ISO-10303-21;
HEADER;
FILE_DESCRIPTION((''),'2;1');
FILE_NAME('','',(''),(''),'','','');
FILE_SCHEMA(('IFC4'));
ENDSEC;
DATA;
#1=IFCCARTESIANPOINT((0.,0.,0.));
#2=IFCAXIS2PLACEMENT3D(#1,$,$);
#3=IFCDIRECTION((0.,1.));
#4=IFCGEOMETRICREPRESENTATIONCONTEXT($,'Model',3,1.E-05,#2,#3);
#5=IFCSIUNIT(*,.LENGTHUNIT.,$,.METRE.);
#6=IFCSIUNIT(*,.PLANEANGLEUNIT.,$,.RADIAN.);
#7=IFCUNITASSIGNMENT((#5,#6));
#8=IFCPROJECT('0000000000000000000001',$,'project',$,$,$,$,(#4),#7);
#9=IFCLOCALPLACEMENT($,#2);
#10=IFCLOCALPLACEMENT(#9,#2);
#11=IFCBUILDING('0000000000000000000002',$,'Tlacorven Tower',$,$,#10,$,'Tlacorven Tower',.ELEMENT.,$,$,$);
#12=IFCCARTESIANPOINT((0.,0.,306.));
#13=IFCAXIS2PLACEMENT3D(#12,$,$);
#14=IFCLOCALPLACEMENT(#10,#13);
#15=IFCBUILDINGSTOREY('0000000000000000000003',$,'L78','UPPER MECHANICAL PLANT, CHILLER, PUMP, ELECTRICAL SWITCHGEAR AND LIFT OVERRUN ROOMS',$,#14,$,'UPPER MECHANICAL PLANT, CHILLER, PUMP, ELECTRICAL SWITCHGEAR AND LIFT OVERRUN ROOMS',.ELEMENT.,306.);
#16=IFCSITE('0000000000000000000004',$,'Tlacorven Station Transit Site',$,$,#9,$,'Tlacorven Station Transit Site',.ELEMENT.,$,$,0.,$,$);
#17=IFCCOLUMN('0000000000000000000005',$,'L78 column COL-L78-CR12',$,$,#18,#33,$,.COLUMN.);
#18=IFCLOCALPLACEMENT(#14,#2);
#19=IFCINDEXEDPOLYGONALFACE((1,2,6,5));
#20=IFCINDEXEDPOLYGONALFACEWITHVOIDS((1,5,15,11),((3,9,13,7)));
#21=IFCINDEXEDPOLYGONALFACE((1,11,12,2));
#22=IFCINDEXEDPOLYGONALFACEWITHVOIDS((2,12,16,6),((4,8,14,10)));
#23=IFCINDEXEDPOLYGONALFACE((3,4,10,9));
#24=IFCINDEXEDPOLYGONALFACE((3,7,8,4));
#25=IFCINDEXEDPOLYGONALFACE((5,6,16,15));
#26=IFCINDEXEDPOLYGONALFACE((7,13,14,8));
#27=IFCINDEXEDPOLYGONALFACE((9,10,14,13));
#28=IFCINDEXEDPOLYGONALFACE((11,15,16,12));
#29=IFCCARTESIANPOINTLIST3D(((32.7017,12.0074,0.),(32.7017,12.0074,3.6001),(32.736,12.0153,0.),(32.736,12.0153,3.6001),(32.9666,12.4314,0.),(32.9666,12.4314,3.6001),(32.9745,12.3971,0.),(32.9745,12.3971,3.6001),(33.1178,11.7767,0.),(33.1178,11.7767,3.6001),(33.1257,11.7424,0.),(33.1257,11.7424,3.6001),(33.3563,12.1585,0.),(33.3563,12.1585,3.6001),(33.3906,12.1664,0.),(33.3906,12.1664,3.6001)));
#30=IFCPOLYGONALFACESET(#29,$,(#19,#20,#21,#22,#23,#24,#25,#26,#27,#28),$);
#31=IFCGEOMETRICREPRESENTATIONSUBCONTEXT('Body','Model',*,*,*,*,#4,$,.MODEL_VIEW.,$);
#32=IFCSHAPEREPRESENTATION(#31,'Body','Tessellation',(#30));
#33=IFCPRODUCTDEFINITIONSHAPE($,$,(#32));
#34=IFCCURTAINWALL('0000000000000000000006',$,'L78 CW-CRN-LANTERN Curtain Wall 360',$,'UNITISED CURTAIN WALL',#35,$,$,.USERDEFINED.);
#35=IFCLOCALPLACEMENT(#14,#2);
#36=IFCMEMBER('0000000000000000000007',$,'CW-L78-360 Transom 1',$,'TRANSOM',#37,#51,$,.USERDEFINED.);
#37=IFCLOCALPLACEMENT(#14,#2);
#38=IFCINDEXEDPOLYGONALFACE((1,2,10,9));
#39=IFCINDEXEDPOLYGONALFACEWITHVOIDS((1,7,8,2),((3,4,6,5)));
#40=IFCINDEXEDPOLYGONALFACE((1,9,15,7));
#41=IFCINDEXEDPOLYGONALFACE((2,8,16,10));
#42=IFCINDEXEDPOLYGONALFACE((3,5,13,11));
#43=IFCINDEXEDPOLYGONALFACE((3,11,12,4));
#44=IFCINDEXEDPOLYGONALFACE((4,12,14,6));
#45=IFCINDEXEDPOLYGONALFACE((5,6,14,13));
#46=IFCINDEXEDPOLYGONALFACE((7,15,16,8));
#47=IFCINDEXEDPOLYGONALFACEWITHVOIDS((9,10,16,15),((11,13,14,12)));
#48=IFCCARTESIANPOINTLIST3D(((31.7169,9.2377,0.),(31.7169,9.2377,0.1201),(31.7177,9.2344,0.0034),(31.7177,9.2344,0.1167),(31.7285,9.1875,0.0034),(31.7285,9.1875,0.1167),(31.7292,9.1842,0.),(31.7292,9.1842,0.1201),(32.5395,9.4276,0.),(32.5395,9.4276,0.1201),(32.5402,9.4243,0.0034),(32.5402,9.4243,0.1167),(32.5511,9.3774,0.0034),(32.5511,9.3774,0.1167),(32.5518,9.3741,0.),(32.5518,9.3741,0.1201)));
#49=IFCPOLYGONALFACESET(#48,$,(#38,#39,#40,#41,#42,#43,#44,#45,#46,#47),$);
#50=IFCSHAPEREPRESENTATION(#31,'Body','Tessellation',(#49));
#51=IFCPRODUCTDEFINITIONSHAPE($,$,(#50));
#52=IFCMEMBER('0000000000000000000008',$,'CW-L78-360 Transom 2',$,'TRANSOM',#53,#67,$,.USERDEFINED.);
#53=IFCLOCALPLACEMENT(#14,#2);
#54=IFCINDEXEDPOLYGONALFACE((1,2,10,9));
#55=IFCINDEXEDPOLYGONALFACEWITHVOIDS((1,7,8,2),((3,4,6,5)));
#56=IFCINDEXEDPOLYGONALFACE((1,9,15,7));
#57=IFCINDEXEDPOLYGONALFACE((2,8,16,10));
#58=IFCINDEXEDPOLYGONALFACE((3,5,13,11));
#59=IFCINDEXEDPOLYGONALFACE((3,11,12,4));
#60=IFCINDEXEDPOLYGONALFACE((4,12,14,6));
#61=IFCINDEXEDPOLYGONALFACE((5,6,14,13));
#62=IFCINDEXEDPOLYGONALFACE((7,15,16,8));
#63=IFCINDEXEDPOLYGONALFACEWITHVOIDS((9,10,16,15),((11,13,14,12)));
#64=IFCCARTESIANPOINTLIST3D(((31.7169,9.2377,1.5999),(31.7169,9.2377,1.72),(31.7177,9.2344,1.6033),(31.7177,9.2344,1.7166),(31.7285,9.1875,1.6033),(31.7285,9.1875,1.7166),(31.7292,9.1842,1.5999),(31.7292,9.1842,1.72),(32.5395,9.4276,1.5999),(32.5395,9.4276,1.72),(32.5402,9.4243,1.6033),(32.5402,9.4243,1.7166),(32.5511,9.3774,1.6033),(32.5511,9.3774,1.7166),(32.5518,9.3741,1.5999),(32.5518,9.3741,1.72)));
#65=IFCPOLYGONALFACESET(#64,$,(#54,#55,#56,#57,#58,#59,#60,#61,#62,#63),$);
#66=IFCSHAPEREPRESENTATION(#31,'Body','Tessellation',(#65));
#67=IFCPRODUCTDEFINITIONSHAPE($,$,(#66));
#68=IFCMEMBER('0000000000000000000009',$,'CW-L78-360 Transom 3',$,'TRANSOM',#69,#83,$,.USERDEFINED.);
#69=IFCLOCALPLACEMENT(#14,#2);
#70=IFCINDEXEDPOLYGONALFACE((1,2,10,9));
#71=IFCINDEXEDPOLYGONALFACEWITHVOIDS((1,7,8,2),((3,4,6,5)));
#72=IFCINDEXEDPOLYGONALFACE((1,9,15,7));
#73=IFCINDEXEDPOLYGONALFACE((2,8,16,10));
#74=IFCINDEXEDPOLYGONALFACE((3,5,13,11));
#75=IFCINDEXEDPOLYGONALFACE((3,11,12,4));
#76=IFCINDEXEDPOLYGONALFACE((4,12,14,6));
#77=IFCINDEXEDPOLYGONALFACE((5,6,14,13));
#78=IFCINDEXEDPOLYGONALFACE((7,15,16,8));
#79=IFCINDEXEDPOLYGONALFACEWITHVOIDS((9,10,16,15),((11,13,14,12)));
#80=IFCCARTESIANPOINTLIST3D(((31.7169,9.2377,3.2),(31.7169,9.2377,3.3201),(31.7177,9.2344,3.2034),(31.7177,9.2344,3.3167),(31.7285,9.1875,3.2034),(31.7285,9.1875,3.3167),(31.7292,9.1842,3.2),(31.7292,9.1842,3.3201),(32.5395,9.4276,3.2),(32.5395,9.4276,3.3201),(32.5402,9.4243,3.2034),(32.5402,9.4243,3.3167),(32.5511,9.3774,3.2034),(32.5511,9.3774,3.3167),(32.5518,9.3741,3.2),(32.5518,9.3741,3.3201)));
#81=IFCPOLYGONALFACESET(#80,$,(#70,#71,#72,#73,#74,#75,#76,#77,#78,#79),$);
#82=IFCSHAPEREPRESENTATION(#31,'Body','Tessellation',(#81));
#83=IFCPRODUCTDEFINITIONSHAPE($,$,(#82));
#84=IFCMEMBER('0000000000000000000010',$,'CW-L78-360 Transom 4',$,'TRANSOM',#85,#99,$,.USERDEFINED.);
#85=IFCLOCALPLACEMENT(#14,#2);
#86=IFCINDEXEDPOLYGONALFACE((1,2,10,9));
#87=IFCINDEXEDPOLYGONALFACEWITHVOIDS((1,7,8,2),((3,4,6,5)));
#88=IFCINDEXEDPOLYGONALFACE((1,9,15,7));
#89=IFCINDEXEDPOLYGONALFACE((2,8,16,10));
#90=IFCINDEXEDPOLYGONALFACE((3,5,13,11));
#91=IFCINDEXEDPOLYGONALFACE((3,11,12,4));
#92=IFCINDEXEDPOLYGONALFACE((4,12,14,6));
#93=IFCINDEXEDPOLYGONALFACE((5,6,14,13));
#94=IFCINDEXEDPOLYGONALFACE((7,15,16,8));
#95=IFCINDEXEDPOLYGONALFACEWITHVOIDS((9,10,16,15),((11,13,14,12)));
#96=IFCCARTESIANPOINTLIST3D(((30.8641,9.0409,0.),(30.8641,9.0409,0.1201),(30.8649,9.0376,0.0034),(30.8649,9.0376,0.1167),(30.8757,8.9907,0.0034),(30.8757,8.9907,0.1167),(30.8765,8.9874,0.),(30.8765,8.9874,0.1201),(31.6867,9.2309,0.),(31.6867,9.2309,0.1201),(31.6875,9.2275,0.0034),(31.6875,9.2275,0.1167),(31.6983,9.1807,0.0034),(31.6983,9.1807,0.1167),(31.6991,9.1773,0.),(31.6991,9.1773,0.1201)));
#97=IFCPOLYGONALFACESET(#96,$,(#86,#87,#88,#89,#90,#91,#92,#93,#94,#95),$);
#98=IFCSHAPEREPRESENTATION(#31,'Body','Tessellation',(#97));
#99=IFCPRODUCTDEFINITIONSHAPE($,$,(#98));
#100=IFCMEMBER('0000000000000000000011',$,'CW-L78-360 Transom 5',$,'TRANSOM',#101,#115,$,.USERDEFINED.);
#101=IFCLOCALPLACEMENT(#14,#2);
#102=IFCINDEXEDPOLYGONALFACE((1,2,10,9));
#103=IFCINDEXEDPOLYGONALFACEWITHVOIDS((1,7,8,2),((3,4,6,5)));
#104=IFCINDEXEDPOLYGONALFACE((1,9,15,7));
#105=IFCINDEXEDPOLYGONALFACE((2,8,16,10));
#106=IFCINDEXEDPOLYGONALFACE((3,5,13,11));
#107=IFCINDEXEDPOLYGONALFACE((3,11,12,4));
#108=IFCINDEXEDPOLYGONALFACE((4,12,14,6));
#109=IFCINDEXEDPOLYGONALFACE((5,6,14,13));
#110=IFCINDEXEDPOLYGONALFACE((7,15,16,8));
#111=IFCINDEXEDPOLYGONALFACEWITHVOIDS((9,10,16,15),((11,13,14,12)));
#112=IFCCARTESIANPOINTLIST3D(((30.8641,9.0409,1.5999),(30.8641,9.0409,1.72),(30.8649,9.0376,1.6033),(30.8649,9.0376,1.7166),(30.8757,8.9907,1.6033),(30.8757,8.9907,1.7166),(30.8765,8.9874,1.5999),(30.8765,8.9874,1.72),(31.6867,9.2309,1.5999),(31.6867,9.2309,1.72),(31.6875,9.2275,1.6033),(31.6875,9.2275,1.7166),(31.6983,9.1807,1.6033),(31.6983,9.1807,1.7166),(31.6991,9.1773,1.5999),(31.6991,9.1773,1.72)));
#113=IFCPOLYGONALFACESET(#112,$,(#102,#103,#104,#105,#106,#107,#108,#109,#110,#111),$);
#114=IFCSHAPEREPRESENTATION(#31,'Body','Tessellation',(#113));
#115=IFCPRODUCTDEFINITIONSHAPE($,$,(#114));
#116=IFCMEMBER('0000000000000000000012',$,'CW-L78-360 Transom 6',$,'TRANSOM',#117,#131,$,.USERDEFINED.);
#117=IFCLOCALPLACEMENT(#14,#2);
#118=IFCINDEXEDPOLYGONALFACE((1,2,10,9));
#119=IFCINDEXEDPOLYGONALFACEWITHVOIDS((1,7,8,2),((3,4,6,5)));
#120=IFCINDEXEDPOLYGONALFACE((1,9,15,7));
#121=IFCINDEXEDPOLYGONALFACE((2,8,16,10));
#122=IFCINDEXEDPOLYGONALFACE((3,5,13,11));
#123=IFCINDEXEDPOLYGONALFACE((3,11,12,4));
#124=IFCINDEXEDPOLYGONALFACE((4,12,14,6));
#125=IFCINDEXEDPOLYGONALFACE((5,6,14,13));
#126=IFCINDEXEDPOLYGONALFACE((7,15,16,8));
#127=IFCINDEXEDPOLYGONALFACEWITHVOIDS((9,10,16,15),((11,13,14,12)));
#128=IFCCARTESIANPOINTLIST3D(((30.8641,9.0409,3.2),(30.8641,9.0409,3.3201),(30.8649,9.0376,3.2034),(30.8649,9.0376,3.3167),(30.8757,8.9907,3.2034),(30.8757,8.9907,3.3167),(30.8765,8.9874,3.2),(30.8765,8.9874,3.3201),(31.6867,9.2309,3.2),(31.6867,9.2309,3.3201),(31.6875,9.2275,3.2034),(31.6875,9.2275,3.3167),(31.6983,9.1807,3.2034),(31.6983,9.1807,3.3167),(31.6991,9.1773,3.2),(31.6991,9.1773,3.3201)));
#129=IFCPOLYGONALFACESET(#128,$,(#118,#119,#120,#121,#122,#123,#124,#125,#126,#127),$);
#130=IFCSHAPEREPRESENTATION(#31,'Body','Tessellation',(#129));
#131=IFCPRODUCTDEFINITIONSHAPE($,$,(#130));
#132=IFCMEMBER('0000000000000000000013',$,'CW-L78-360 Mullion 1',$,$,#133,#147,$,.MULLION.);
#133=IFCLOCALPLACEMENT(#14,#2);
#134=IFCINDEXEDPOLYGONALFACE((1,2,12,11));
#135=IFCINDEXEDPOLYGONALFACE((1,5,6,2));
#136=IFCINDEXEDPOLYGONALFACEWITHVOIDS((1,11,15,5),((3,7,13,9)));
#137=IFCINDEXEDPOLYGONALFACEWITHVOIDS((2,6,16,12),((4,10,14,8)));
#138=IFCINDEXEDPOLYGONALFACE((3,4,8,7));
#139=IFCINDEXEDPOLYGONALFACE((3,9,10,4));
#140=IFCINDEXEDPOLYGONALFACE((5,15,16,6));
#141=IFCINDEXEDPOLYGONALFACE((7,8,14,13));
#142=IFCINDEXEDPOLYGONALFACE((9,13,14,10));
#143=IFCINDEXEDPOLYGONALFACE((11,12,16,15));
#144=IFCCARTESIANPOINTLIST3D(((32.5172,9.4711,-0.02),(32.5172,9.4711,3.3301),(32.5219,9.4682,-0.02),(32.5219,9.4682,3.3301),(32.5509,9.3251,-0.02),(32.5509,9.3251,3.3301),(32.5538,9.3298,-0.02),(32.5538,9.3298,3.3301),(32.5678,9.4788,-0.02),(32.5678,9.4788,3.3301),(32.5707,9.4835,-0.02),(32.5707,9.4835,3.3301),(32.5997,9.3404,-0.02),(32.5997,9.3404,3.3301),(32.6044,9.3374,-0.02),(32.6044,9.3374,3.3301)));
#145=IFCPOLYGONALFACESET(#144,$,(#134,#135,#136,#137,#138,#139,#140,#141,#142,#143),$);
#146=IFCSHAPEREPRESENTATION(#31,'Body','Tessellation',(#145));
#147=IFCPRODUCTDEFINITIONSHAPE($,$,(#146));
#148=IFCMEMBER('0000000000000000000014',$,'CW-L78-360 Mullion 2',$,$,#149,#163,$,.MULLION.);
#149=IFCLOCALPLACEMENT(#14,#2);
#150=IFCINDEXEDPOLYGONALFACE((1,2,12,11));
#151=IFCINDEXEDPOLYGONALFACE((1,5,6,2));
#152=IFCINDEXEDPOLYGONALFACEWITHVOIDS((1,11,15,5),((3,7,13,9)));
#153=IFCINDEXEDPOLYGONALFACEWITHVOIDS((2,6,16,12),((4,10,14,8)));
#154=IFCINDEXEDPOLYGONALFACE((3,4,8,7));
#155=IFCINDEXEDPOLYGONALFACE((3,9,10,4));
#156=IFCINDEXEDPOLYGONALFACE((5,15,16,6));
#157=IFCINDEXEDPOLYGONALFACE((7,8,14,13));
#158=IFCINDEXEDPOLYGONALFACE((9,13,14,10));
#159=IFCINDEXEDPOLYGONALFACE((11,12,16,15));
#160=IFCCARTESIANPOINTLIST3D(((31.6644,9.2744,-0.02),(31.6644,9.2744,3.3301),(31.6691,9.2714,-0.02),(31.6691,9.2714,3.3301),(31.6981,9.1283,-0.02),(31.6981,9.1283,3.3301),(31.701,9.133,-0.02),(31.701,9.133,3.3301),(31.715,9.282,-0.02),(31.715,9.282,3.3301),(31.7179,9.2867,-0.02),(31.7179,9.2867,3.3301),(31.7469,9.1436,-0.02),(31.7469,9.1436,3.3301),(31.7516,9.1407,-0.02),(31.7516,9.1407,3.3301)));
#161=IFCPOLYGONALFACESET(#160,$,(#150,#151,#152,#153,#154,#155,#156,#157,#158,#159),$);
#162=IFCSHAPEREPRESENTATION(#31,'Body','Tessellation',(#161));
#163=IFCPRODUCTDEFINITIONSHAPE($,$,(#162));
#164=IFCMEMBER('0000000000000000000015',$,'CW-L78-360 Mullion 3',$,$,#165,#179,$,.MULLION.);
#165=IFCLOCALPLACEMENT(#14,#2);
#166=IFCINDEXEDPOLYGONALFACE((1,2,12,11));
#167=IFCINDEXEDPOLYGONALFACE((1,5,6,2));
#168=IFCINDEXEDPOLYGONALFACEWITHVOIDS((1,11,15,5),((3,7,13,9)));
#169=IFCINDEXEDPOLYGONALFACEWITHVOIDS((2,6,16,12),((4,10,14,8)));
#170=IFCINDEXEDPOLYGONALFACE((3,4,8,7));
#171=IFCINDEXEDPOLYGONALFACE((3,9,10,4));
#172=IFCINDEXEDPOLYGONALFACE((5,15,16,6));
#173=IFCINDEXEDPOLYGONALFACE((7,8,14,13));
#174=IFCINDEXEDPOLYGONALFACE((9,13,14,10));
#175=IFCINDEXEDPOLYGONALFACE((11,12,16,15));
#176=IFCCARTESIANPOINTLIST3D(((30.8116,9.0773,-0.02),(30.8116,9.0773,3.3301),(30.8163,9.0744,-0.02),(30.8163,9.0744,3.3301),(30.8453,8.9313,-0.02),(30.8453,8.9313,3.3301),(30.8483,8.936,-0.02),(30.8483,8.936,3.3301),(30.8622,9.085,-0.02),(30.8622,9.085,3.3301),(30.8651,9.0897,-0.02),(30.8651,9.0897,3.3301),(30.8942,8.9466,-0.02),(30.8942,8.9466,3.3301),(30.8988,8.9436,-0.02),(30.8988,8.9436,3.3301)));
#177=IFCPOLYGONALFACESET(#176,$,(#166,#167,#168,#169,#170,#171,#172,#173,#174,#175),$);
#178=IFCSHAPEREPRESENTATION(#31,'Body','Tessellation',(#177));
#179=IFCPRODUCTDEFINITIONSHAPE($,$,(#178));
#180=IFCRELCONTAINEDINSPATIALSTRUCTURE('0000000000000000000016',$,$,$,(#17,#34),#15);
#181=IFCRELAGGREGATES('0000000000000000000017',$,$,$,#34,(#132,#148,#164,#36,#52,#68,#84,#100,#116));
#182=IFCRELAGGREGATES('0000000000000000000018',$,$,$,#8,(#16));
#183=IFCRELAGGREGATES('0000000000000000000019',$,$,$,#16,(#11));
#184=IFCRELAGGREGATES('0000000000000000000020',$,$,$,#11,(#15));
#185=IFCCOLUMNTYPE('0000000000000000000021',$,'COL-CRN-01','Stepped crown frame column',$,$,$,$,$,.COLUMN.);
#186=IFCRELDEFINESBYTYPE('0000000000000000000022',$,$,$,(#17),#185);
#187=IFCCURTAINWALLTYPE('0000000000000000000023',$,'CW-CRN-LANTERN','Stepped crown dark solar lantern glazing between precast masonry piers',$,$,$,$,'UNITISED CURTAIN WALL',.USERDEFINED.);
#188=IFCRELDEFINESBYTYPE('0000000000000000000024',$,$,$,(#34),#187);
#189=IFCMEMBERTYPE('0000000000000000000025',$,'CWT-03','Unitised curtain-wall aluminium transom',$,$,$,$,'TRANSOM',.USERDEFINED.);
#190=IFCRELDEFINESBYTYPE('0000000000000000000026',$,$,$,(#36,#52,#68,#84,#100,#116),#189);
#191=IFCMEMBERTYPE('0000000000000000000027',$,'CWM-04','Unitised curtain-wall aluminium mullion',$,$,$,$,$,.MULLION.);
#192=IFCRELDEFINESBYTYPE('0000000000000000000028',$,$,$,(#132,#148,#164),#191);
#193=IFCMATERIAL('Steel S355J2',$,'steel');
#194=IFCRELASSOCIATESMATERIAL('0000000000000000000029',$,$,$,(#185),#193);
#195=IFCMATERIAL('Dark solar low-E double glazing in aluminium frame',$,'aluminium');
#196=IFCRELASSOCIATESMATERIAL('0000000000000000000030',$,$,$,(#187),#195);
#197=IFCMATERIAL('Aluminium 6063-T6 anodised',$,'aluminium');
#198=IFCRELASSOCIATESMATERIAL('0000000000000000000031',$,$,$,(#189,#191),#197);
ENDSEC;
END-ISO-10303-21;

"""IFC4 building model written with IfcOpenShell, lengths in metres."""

from ifc_helpers import new_model, si_unit, direction, frame, origin, origin_2d, place, context, subcontext, project, spatial, hollow_rectangle, extrude, source, transform, mapped, material, material_profile, profile_set, type_object, element, aggregate, save


model = new_model("IFC4")

# Units and contexts
model_context = context("Model", 3, precision=1e-05, world=origin(), true_north=direction((0.0, 1.0)))
body_context = subcontext(model_context, "Body", "Model", "MODEL_VIEW")
ifc_project = project(units=[si_unit("LENGTHUNIT", "METRE"), si_unit("PLANEANGLEUNIT", "RADIAN")], contexts=[model_context])

# Site, building, storey
site_placement = place(None, origin())
site = spatial("IfcSite", under=ifc_project, at=site_placement, Name="Tlacorven Station Transit Site", LongName="Tlacorven Station Transit Site", CompositionType="ELEMENT", RefElevation=0.0)
building_placement = place(site_placement, origin())
building = spatial("IfcBuilding", under=site, at=building_placement, Name="Tlacorven Tower", LongName="Tlacorven Tower", CompositionType="ELEMENT")
storey_placement = place(building_placement, frame((0.0, 0.0, 306.0)))
storey = spatial("IfcBuildingStorey", under=building, at=storey_placement, Name="L78", Description="UPPER MECHANICAL PLANT, CHILLER, PUMP, ELECTRICAL SWITCHGEAR AND LIFT OVERRUN ROOMS", LongName="UPPER MECHANICAL PLANT, CHILLER, PUMP, ELECTRICAL SWITCHGEAR AND LIFT OVERRUN ROOMS", CompositionType="ELEMENT", Elevation=306.0)

# Column
ifc_material_1 = material(Name="Steel S355J2", Category="steel")
ifc_material_profile_1 = material_profile(ifc_material_1, hollow_rectangle(XDim=0.5, YDim=0.5, WallThickness=0.0249, at=origin_2d()), Name="BOX 500X500X25")
ifc_profile_set_1 = profile_set([ifc_material_profile_1], Name="Steel S355J2")
column_type = type_object("IfcColumnType", Name="COL-CRN-01", Description="Stepped crown frame column", PredefinedType="COLUMN", material=ifc_profile_set_1)
shared_shape_1 = source(origin(), body_context, "Body", "SweptSolid", [
    extrude(hollow_rectangle(XDim=0.5, YDim=0.5, WallThickness=0.0249, at=origin_2d()), origin(), (0.0, 0.0, 1.0), 3.6001),
])
column_placement = place(storey_placement, frame((33.0461, 12.0869, 0.0), z_axis=(0.0, 0.0, 1.0), x_axis=(-0.848048, 0.529919, 0.0)))
element("IfcColumn", 1, at=column_placement, inside=storey, type_object=column_type, Name="L78 column COL-L78-CR12", PredefinedType="COLUMN", context=body_context, shape_type="MappedRepresentation", body=[
    mapped(shared_shape_1, transform((0.0, 0.0, 0.0), scale=1.0)),
])

# Curtain wall, members
ifc_material_2 = material(Name="Dark solar low-E double glazing in aluminium frame", Category="aluminium")
curtain_wall_type = type_object("IfcCurtainWallType", Name="CW-CRN-LANTERN", Description="Stepped crown dark solar lantern glazing between precast masonry piers", ElementType="UNITISED CURTAIN WALL", PredefinedType="USERDEFINED", material=ifc_material_2)
curtain_wall_placement = place(storey_placement, origin())
curtain_wall = element("IfcCurtainWall", 2, at=curtain_wall_placement, inside=storey, type_object=curtain_wall_type, Name="L78 CW-CRN-LANTERN Curtain Wall 360", ObjectType="UNITISED CURTAIN WALL", PredefinedType="USERDEFINED")
ifc_material_3 = material(Name="Aluminium 6063-T6 anodised", Category="aluminium")
ifc_material_profile_2 = material_profile(ifc_material_3, hollow_rectangle(XDim=0.0549, YDim=0.1201, WallThickness=0.0034, at=origin_2d()), Name="ALU TRANSOM 55X120")
ifc_profile_set_2 = profile_set([ifc_material_profile_2], Name="Aluminium 6063-T6 anodised")
member_type_1 = type_object("IfcMemberType", Name="CWT-03", Description="Unitised curtain-wall aluminium transom", ElementType="TRANSOM", PredefinedType="USERDEFINED", material=ifc_profile_set_2)
shared_shape_2 = source(origin(), body_context, "Body", "SweptSolid", [
    extrude(hollow_rectangle(XDim=0.0549, YDim=0.1201, WallThickness=0.0034, at=origin_2d()), origin(), (0.0, 0.0, 1.0), 0.8442),
])
member_1_placement = place(storey_placement, frame((32.5457, 9.4009, 0.0601), z_axis=(-0.974357, -0.225007, 0.0), x_axis=(0.225007, -0.974357, 0.0)))
member_1 = element("IfcMember", 3, at=member_1_placement, type_object=member_type_1, Name="CW-L78-360 Transom 1", ObjectType="TRANSOM", PredefinedType="USERDEFINED", context=body_context, shape_type="MappedRepresentation", body=[
    mapped(shared_shape_2, transform((0.0, 0.0, 0.0), scale=1.0)),
])
member_2_placement = place(storey_placement, frame((32.5457, 9.4009, 1.6599), z_axis=(-0.974357, -0.225007, 0.0), x_axis=(0.225007, -0.974357, 0.0)))
member_2 = element("IfcMember", 4, at=member_2_placement, type_object=member_type_1, Name="CW-L78-360 Transom 2", ObjectType="TRANSOM", PredefinedType="USERDEFINED", context=body_context, shape_type="MappedRepresentation", body=[
    mapped(shared_shape_2, transform((0.0, 0.0, 0.0), scale=1.0)),
])
member_3_placement = place(storey_placement, frame((32.5457, 9.4009, 3.26), z_axis=(-0.974357, -0.225007, 0.0), x_axis=(0.225007, -0.974357, 0.0)))
member_3 = element("IfcMember", 5, at=member_3_placement, type_object=member_type_1, Name="CW-L78-360 Transom 3", ObjectType="TRANSOM", PredefinedType="USERDEFINED", context=body_context, shape_type="MappedRepresentation", body=[
    mapped(shared_shape_2, transform((0.0, 0.0, 0.0), scale=1.0)),
])
member_4_placement = place(storey_placement, frame((31.6929, 9.2041, 0.0601), z_axis=(-0.974357, -0.225007, 0.0), x_axis=(0.225007, -0.974357, 0.0)))
member_4 = element("IfcMember", 6, at=member_4_placement, type_object=member_type_1, Name="CW-L78-360 Transom 4", ObjectType="TRANSOM", PredefinedType="USERDEFINED", context=body_context, shape_type="MappedRepresentation", body=[
    mapped(shared_shape_2, transform((0.0, 0.0, 0.0), scale=1.0)),
])
member_5_placement = place(storey_placement, frame((31.6929, 9.2041, 1.6599), z_axis=(-0.974357, -0.225007, 0.0), x_axis=(0.225007, -0.974357, 0.0)))
member_5 = element("IfcMember", 7, at=member_5_placement, type_object=member_type_1, Name="CW-L78-360 Transom 5", ObjectType="TRANSOM", PredefinedType="USERDEFINED", context=body_context, shape_type="MappedRepresentation", body=[
    mapped(shared_shape_2, transform((0.0, 0.0, 0.0), scale=1.0)),
])
member_6_placement = place(storey_placement, frame((31.6929, 9.2041, 3.26), z_axis=(-0.974357, -0.225007, 0.0), x_axis=(0.225007, -0.974357, 0.0)))
member_6 = element("IfcMember", 8, at=member_6_placement, type_object=member_type_1, Name="CW-L78-360 Transom 6", ObjectType="TRANSOM", PredefinedType="USERDEFINED", context=body_context, shape_type="MappedRepresentation", body=[
    mapped(shared_shape_2, transform((0.0, 0.0, 0.0), scale=1.0)),
])
ifc_material_profile_3 = material_profile(ifc_material_3, hollow_rectangle(XDim=0.0549, YDim=0.1499, WallThickness=0.0039, at=origin_2d()), Name="ALU MULLION 55X150")
ifc_profile_set_3 = profile_set([ifc_material_profile_3], Name="Aluminium 6063-T6 anodised")
member_type_2 = type_object("IfcMemberType", Name="CWM-04", Description="Unitised curtain-wall aluminium mullion", PredefinedType="MULLION", material=ifc_profile_set_3)
shared_shape_3 = source(origin(), body_context, "Body", "SweptSolid", [
    extrude(hollow_rectangle(XDim=0.0549, YDim=0.1499, WallThickness=0.0039, at=origin_2d()), origin(), (0.0, 0.0, 1.0), 3.3501),
])
member_7_placement = place(storey_placement, frame((32.5608, 9.4043, -0.02), z_axis=(0.0, 0.0, 1.0), x_axis=(-0.97437, -0.22495, 0.0)))
member_7 = element("IfcMember", 9, at=member_7_placement, type_object=member_type_2, Name="CW-L78-360 Mullion 1", PredefinedType="MULLION", context=body_context, shape_type="MappedRepresentation", body=[
    mapped(shared_shape_3, transform((0.0, 0.0, 0.0), scale=1.0)),
])
member_8_placement = place(storey_placement, frame((31.708, 9.2075, -0.02), z_axis=(0.0, 0.0, 1.0), x_axis=(-0.97437, -0.22495, 0.0)))
member_8 = element("IfcMember", 10, at=member_8_placement, type_object=member_type_2, Name="CW-L78-360 Mullion 2", PredefinedType="MULLION", context=body_context, shape_type="MappedRepresentation", body=[
    mapped(shared_shape_3, transform((0.0, 0.0, 0.0), scale=1.0)),
])
member_9_placement = place(storey_placement, frame((30.8552, 9.0105, -0.02), z_axis=(0.0, 0.0, 1.0), x_axis=(-0.97437, -0.22495, 0.0)))
member_9 = element("IfcMember", 11, at=member_9_placement, type_object=member_type_2, Name="CW-L78-360 Mullion 3", PredefinedType="MULLION", context=body_context, shape_type="MappedRepresentation", body=[
    mapped(shared_shape_3, transform((0.0, 0.0, 0.0), scale=1.0)),
])
aggregate(curtain_wall, [member_7, member_8, member_9, member_1, member_2, member_3, member_4, member_5, member_6])

save(model, "model.ifc")
